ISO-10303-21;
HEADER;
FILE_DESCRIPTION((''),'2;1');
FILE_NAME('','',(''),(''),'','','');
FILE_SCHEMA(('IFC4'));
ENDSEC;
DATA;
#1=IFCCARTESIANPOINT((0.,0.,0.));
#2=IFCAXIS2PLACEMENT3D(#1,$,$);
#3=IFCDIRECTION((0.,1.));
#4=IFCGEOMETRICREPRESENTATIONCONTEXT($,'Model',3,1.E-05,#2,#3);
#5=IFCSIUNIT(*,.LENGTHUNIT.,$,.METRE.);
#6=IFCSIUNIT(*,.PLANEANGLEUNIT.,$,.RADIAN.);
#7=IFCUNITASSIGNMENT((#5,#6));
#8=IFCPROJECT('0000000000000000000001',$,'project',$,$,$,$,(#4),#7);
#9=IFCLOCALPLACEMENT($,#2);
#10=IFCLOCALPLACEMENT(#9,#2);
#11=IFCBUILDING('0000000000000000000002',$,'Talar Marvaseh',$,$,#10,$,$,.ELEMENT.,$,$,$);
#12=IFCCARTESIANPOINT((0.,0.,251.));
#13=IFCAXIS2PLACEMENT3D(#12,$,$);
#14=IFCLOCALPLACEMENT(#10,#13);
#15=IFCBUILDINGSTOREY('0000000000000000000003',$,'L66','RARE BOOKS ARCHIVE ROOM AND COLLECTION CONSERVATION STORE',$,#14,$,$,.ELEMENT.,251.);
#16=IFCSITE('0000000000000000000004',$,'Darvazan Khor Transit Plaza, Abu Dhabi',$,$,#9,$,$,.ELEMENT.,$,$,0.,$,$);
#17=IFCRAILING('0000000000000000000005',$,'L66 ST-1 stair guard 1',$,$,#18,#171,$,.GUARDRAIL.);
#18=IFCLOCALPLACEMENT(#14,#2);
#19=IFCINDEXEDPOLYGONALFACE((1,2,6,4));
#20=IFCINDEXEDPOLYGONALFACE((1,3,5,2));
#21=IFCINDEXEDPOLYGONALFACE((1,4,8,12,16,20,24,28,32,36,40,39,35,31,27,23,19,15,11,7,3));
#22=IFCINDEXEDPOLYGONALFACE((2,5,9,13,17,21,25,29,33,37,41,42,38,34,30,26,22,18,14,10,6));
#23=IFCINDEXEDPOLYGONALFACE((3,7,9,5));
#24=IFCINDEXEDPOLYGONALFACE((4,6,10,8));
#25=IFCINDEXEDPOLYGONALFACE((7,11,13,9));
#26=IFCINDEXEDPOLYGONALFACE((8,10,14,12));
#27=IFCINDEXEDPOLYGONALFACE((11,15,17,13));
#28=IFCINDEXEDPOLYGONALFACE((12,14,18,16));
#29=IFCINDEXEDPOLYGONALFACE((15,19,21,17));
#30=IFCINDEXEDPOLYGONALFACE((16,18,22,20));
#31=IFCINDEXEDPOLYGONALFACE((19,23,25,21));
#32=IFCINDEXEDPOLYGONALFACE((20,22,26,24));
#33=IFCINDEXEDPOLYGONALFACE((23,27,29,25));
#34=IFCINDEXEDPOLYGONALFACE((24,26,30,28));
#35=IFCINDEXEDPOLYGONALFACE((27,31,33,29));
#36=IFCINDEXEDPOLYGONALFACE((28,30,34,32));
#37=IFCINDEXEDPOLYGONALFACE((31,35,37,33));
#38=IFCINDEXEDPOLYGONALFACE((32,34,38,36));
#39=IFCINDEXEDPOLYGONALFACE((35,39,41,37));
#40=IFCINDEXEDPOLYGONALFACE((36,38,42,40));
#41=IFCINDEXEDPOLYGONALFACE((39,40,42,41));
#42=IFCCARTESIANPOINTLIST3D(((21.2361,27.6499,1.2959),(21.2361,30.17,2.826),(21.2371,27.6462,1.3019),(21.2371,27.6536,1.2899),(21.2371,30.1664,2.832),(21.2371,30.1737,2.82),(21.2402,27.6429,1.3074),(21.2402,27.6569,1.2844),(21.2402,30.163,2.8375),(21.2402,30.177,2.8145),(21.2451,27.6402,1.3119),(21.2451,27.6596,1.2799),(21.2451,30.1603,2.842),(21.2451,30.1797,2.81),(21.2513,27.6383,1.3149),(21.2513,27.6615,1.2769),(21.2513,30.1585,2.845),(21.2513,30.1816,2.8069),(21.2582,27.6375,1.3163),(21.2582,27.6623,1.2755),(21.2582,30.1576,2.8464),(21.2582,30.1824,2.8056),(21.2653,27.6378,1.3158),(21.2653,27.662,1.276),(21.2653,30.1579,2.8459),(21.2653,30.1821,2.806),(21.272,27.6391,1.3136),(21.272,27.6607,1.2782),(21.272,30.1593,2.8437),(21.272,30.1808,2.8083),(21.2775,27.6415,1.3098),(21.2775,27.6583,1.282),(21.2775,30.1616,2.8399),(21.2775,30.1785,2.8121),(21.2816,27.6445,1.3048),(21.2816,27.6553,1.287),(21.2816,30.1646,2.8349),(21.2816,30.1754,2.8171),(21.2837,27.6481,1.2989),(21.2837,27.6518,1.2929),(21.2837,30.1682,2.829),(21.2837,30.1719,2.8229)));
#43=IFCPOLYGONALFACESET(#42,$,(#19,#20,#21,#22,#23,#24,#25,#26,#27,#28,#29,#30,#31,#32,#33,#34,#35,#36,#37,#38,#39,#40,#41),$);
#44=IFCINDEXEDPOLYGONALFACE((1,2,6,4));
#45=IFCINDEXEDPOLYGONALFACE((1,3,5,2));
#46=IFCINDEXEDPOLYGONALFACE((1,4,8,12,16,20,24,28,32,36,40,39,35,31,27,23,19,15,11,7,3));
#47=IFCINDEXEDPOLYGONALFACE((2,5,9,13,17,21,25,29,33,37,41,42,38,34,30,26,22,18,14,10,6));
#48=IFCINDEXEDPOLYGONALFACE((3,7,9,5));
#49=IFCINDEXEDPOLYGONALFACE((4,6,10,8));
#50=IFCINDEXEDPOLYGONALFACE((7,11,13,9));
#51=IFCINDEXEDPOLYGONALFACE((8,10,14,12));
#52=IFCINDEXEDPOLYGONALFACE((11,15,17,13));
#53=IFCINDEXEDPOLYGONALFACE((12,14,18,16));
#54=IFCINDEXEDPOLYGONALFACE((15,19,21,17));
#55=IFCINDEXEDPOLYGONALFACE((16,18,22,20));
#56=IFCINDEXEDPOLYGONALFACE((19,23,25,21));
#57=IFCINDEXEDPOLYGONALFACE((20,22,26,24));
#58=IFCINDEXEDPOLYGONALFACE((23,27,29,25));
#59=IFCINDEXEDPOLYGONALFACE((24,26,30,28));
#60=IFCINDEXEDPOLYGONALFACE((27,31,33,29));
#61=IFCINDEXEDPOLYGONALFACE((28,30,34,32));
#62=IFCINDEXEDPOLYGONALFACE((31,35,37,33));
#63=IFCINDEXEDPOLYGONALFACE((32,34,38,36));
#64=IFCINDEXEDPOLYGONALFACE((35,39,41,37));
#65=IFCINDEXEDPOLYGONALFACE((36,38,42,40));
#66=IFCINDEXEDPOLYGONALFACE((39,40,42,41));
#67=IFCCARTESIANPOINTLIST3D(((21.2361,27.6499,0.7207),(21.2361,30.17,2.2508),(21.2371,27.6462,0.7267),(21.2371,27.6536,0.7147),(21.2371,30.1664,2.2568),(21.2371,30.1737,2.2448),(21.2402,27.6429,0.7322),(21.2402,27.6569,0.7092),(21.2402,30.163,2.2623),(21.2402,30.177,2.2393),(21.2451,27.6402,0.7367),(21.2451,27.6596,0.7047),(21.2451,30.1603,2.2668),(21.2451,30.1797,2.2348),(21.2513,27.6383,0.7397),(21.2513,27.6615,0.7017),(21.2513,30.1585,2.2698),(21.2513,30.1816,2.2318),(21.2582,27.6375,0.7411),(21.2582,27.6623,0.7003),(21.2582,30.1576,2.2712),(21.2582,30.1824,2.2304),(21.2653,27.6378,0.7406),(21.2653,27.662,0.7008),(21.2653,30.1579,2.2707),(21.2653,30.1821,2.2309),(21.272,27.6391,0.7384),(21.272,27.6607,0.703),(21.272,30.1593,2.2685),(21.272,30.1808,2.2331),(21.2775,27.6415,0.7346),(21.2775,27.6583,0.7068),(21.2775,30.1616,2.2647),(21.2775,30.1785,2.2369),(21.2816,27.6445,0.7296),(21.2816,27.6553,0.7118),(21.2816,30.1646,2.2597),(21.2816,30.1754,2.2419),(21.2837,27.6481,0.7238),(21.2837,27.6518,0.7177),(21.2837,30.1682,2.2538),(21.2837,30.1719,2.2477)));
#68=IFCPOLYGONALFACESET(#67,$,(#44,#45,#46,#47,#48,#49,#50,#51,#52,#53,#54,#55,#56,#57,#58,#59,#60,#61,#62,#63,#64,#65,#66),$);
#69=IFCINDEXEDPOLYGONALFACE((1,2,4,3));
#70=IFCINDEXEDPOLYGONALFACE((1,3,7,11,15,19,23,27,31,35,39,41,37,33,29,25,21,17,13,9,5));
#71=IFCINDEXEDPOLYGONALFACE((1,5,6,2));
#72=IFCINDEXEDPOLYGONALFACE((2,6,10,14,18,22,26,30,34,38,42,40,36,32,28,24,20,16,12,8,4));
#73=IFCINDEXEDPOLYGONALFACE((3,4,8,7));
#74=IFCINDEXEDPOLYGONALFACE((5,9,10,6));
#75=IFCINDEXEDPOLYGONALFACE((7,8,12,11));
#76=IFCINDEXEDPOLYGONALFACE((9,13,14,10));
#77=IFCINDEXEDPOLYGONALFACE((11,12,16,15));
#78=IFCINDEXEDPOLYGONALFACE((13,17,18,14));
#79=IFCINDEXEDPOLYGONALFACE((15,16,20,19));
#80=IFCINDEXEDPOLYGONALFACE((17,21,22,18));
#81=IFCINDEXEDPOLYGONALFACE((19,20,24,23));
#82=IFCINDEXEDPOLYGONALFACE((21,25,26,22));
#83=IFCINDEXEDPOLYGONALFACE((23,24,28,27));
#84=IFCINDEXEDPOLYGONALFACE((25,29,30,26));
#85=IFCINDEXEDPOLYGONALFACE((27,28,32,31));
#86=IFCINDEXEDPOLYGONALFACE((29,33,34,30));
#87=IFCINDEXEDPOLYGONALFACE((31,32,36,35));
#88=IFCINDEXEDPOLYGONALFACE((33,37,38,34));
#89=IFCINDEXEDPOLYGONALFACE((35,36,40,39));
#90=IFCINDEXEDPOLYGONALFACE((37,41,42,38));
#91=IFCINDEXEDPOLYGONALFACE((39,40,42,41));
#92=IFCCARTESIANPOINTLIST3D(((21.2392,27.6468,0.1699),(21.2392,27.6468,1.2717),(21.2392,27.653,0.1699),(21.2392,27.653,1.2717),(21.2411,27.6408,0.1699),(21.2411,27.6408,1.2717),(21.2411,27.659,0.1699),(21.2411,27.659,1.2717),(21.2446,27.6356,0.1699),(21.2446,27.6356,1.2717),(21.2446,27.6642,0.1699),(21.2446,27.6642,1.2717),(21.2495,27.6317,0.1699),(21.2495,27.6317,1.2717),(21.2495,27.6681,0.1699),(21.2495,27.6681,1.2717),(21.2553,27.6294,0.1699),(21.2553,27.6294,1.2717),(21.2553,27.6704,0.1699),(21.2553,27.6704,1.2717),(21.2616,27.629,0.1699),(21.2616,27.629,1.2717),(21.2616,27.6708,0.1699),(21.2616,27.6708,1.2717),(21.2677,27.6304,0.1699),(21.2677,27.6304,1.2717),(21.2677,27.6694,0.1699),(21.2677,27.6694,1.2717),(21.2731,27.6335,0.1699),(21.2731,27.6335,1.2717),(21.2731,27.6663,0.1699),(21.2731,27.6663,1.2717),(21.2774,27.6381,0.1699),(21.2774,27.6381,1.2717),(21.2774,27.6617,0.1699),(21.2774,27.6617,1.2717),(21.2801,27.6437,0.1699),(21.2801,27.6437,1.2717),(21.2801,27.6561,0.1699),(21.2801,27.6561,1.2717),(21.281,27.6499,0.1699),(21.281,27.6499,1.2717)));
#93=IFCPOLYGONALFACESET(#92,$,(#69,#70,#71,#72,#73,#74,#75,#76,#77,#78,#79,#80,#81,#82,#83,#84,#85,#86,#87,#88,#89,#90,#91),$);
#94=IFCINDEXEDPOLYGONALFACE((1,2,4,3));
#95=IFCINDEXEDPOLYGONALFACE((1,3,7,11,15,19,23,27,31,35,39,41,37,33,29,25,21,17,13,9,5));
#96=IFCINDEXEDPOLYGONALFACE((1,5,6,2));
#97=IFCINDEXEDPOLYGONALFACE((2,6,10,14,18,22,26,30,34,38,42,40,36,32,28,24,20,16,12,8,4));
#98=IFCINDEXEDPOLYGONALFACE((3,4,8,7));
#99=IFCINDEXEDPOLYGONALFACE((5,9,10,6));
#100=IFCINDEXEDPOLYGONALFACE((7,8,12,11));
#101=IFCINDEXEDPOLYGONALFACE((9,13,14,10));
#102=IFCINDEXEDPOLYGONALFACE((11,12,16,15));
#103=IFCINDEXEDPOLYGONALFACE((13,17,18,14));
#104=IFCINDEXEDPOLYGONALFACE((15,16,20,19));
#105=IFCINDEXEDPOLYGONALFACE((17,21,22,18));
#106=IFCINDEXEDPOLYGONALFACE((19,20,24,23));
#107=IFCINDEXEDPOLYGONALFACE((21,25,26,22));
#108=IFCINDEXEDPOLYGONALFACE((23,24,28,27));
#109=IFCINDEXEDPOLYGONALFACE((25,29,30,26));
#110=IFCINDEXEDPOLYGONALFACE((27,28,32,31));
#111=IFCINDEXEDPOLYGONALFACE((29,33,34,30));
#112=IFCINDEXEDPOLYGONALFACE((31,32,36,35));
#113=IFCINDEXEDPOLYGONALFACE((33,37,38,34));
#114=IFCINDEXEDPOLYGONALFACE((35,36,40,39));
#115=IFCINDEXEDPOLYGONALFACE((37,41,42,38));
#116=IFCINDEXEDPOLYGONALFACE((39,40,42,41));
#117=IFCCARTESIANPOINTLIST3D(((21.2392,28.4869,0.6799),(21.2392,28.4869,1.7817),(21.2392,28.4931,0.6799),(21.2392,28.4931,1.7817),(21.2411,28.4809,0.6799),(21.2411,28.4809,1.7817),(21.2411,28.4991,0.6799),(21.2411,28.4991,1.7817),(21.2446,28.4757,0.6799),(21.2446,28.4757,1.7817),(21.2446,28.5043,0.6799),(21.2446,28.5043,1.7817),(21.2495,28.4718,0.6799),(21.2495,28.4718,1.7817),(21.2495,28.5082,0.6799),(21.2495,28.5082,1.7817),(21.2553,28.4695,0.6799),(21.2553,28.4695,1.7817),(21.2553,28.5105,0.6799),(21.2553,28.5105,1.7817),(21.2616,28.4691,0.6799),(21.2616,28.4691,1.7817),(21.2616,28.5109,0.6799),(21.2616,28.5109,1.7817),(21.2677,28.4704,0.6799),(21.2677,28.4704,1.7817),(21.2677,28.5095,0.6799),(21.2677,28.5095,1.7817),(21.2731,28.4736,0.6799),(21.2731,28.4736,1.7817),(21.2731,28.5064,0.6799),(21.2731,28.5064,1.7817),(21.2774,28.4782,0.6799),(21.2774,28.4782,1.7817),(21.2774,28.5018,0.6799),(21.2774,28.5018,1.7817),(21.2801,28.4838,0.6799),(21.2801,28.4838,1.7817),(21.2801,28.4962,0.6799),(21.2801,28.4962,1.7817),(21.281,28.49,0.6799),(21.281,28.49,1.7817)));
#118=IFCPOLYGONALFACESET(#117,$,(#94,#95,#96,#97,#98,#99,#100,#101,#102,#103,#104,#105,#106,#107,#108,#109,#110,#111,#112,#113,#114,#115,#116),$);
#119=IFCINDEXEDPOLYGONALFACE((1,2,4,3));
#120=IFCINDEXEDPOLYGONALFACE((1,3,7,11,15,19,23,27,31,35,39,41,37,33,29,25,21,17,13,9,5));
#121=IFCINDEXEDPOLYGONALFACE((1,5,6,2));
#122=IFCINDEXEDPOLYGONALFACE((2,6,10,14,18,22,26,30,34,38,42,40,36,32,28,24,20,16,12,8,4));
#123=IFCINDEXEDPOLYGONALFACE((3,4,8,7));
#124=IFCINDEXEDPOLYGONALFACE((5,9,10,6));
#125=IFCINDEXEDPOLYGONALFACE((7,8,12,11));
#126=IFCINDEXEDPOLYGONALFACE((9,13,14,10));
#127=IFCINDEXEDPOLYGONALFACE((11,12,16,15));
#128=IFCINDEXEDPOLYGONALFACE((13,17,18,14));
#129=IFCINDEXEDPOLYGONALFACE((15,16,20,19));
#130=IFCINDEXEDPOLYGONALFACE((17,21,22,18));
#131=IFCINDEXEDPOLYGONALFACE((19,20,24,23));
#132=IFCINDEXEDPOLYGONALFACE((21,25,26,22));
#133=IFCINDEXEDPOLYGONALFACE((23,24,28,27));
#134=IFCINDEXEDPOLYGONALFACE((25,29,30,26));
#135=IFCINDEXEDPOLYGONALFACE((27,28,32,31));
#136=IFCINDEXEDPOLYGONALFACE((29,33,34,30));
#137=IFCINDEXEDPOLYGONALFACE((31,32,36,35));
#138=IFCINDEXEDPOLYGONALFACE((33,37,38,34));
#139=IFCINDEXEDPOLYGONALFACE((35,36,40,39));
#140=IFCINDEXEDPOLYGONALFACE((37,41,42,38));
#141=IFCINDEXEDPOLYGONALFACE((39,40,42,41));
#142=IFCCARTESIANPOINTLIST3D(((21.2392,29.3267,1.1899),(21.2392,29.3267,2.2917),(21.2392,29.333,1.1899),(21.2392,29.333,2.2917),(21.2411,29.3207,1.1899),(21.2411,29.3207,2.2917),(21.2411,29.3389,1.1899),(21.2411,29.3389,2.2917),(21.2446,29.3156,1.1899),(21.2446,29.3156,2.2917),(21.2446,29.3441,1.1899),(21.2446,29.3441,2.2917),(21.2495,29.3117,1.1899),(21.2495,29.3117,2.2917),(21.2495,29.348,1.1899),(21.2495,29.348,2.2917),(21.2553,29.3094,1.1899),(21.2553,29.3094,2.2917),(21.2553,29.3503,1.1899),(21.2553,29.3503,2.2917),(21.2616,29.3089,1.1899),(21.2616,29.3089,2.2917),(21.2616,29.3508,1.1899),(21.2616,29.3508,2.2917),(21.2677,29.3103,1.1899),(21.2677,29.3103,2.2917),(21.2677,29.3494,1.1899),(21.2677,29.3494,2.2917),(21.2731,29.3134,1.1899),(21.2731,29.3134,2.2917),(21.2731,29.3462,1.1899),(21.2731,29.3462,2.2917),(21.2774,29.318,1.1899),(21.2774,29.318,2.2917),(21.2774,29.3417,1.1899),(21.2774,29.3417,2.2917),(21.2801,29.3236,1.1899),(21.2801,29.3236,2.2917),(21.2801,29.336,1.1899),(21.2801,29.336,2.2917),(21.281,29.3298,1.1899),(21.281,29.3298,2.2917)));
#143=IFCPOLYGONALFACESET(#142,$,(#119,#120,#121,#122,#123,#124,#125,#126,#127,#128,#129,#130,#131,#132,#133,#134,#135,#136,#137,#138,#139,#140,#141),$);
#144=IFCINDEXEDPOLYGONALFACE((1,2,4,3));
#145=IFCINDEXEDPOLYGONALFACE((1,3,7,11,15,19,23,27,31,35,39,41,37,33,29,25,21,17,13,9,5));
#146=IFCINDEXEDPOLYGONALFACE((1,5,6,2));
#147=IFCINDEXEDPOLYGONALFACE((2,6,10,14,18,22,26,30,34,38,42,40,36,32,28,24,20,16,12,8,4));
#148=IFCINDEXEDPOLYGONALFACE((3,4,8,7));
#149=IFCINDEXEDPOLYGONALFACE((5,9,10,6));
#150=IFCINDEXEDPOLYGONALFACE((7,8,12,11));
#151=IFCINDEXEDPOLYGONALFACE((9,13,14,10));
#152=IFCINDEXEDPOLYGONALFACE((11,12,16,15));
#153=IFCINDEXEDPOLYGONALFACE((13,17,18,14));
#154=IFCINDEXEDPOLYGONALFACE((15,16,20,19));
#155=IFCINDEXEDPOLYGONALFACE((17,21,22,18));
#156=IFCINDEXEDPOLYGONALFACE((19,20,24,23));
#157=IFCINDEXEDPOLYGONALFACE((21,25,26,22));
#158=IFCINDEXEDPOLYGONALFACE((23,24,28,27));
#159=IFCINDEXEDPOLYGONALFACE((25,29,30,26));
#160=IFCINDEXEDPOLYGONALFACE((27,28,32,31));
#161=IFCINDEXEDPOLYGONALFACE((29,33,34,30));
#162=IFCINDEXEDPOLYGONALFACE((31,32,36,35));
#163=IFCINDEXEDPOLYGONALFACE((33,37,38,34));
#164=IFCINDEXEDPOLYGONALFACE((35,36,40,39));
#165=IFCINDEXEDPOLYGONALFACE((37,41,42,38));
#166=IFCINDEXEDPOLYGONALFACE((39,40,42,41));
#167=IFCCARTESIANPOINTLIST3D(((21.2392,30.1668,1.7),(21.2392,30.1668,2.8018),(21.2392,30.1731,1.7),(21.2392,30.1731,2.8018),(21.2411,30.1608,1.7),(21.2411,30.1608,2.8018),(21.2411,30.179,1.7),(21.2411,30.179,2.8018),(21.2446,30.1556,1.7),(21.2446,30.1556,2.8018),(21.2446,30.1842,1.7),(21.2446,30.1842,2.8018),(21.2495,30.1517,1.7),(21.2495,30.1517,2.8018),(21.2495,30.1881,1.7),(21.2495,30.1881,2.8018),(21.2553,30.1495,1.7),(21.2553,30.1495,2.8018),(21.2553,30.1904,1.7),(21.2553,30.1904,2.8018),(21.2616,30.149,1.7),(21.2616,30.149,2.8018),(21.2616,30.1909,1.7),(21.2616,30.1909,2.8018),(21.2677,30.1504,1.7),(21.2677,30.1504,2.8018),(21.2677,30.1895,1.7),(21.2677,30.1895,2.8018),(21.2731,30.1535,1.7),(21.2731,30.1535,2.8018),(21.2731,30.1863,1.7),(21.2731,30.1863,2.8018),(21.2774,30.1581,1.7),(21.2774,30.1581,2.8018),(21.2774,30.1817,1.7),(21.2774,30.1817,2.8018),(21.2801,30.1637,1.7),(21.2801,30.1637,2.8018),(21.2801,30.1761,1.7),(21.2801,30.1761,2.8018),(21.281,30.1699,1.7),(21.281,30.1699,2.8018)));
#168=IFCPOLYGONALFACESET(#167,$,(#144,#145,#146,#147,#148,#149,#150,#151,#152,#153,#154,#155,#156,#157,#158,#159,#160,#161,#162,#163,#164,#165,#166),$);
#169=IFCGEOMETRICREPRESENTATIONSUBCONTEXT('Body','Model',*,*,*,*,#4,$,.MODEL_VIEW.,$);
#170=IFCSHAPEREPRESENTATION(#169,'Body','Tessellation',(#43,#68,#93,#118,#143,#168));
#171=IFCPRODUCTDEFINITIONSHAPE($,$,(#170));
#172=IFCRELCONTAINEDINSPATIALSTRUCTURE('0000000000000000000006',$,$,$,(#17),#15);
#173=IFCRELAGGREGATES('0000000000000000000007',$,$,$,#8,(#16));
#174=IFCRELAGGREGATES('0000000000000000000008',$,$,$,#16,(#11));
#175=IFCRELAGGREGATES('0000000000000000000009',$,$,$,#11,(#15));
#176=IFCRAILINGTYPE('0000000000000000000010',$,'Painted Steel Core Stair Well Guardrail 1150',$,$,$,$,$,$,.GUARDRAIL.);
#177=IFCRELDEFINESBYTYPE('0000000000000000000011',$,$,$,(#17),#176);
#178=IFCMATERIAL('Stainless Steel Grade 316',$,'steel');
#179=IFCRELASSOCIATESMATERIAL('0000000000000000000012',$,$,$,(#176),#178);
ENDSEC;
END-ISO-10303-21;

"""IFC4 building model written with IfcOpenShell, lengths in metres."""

from ifc_helpers import new_model, si_unit, direction, frame, origin, origin_2d, place, context, subcontext, project, spatial, circle, extrude, material, type_object, element, save


model = new_model("IFC4")

# Units and contexts
model_context = context("Model", 3, precision=1e-05, world=origin(), true_north=direction((0.0, 1.0)))
body_context = subcontext(model_context, "Body", "Model", "MODEL_VIEW")
ifc_project = project(units=[si_unit("LENGTHUNIT", "METRE"), si_unit("PLANEANGLEUNIT", "RADIAN")], contexts=[model_context])

# Site, building, storey
site_placement = place(None, origin())
site = spatial("IfcSite", under=ifc_project, at=site_placement, Name="Darvazan Khor Transit Plaza, Abu Dhabi", CompositionType="ELEMENT", RefElevation=0.0)
building_placement = place(site_placement, origin())
building = spatial("IfcBuilding", under=site, at=building_placement, Name="Talar Marvaseh", CompositionType="ELEMENT")
storey_placement = place(building_placement, frame((0.0, 0.0, 251.0)))
storey = spatial("IfcBuildingStorey", under=building, at=storey_placement, Name="L66", Description="RARE BOOKS ARCHIVE ROOM AND COLLECTION CONSERVATION STORE", CompositionType="ELEMENT", Elevation=251.0)

# Railing
ifc_material_1 = material(Name="Stainless Steel Grade 316", Category="steel")
railing_type_1 = type_object("IfcRailingType", Name="Painted Steel Core Stair Well Guardrail 1150", PredefinedType="GUARDRAIL", material=ifc_material_1)
railing_1_placement = place(storey_placement, frame((21.26, 27.6499, 0.1699)))
element("IfcRailing", 1, at=railing_1_placement, inside=storey, type_object=railing_type_1, Name="L66 ST-1 stair guard 1", PredefinedType="GUARDRAIL", context=body_context, shape_type="SweptSolid", body=[
    extrude(circle(Radius=0.0239, at=origin_2d()), frame((0.0, 0.0, 1.126), z_axis=(0.0, 0.854785, 0.518982), x_axis=(-1.0, 0.0, 0.0)), (0.0, 0.0, 1.0), 2.9482),
    extrude(circle(Radius=0.0239, at=origin_2d()), frame((0.0, 0.0, 0.5508), z_axis=(0.0, 0.854785, 0.518982), x_axis=(-1.0, 0.0, 0.0)), (0.0, 0.0, 1.0), 2.9482),
    extrude(circle(Radius=0.021, at=origin_2d()), origin(), (0.0, 0.0, 1.0), 1.1018),
    extrude(circle(Radius=0.021, at=origin_2d()), frame((0.0, 0.8401, 0.51)), (0.0, 0.0, 1.0), 1.1018),
    extrude(circle(Radius=0.021, at=origin_2d()), frame((0.0, 1.6799, 1.02)), (0.0, 0.0, 1.0), 1.1018),
    extrude(circle(Radius=0.021, at=origin_2d()), frame((0.0, 2.52, 1.53)), (0.0, 0.0, 1.0), 1.1018),
])

save(model, "model.ifc")
